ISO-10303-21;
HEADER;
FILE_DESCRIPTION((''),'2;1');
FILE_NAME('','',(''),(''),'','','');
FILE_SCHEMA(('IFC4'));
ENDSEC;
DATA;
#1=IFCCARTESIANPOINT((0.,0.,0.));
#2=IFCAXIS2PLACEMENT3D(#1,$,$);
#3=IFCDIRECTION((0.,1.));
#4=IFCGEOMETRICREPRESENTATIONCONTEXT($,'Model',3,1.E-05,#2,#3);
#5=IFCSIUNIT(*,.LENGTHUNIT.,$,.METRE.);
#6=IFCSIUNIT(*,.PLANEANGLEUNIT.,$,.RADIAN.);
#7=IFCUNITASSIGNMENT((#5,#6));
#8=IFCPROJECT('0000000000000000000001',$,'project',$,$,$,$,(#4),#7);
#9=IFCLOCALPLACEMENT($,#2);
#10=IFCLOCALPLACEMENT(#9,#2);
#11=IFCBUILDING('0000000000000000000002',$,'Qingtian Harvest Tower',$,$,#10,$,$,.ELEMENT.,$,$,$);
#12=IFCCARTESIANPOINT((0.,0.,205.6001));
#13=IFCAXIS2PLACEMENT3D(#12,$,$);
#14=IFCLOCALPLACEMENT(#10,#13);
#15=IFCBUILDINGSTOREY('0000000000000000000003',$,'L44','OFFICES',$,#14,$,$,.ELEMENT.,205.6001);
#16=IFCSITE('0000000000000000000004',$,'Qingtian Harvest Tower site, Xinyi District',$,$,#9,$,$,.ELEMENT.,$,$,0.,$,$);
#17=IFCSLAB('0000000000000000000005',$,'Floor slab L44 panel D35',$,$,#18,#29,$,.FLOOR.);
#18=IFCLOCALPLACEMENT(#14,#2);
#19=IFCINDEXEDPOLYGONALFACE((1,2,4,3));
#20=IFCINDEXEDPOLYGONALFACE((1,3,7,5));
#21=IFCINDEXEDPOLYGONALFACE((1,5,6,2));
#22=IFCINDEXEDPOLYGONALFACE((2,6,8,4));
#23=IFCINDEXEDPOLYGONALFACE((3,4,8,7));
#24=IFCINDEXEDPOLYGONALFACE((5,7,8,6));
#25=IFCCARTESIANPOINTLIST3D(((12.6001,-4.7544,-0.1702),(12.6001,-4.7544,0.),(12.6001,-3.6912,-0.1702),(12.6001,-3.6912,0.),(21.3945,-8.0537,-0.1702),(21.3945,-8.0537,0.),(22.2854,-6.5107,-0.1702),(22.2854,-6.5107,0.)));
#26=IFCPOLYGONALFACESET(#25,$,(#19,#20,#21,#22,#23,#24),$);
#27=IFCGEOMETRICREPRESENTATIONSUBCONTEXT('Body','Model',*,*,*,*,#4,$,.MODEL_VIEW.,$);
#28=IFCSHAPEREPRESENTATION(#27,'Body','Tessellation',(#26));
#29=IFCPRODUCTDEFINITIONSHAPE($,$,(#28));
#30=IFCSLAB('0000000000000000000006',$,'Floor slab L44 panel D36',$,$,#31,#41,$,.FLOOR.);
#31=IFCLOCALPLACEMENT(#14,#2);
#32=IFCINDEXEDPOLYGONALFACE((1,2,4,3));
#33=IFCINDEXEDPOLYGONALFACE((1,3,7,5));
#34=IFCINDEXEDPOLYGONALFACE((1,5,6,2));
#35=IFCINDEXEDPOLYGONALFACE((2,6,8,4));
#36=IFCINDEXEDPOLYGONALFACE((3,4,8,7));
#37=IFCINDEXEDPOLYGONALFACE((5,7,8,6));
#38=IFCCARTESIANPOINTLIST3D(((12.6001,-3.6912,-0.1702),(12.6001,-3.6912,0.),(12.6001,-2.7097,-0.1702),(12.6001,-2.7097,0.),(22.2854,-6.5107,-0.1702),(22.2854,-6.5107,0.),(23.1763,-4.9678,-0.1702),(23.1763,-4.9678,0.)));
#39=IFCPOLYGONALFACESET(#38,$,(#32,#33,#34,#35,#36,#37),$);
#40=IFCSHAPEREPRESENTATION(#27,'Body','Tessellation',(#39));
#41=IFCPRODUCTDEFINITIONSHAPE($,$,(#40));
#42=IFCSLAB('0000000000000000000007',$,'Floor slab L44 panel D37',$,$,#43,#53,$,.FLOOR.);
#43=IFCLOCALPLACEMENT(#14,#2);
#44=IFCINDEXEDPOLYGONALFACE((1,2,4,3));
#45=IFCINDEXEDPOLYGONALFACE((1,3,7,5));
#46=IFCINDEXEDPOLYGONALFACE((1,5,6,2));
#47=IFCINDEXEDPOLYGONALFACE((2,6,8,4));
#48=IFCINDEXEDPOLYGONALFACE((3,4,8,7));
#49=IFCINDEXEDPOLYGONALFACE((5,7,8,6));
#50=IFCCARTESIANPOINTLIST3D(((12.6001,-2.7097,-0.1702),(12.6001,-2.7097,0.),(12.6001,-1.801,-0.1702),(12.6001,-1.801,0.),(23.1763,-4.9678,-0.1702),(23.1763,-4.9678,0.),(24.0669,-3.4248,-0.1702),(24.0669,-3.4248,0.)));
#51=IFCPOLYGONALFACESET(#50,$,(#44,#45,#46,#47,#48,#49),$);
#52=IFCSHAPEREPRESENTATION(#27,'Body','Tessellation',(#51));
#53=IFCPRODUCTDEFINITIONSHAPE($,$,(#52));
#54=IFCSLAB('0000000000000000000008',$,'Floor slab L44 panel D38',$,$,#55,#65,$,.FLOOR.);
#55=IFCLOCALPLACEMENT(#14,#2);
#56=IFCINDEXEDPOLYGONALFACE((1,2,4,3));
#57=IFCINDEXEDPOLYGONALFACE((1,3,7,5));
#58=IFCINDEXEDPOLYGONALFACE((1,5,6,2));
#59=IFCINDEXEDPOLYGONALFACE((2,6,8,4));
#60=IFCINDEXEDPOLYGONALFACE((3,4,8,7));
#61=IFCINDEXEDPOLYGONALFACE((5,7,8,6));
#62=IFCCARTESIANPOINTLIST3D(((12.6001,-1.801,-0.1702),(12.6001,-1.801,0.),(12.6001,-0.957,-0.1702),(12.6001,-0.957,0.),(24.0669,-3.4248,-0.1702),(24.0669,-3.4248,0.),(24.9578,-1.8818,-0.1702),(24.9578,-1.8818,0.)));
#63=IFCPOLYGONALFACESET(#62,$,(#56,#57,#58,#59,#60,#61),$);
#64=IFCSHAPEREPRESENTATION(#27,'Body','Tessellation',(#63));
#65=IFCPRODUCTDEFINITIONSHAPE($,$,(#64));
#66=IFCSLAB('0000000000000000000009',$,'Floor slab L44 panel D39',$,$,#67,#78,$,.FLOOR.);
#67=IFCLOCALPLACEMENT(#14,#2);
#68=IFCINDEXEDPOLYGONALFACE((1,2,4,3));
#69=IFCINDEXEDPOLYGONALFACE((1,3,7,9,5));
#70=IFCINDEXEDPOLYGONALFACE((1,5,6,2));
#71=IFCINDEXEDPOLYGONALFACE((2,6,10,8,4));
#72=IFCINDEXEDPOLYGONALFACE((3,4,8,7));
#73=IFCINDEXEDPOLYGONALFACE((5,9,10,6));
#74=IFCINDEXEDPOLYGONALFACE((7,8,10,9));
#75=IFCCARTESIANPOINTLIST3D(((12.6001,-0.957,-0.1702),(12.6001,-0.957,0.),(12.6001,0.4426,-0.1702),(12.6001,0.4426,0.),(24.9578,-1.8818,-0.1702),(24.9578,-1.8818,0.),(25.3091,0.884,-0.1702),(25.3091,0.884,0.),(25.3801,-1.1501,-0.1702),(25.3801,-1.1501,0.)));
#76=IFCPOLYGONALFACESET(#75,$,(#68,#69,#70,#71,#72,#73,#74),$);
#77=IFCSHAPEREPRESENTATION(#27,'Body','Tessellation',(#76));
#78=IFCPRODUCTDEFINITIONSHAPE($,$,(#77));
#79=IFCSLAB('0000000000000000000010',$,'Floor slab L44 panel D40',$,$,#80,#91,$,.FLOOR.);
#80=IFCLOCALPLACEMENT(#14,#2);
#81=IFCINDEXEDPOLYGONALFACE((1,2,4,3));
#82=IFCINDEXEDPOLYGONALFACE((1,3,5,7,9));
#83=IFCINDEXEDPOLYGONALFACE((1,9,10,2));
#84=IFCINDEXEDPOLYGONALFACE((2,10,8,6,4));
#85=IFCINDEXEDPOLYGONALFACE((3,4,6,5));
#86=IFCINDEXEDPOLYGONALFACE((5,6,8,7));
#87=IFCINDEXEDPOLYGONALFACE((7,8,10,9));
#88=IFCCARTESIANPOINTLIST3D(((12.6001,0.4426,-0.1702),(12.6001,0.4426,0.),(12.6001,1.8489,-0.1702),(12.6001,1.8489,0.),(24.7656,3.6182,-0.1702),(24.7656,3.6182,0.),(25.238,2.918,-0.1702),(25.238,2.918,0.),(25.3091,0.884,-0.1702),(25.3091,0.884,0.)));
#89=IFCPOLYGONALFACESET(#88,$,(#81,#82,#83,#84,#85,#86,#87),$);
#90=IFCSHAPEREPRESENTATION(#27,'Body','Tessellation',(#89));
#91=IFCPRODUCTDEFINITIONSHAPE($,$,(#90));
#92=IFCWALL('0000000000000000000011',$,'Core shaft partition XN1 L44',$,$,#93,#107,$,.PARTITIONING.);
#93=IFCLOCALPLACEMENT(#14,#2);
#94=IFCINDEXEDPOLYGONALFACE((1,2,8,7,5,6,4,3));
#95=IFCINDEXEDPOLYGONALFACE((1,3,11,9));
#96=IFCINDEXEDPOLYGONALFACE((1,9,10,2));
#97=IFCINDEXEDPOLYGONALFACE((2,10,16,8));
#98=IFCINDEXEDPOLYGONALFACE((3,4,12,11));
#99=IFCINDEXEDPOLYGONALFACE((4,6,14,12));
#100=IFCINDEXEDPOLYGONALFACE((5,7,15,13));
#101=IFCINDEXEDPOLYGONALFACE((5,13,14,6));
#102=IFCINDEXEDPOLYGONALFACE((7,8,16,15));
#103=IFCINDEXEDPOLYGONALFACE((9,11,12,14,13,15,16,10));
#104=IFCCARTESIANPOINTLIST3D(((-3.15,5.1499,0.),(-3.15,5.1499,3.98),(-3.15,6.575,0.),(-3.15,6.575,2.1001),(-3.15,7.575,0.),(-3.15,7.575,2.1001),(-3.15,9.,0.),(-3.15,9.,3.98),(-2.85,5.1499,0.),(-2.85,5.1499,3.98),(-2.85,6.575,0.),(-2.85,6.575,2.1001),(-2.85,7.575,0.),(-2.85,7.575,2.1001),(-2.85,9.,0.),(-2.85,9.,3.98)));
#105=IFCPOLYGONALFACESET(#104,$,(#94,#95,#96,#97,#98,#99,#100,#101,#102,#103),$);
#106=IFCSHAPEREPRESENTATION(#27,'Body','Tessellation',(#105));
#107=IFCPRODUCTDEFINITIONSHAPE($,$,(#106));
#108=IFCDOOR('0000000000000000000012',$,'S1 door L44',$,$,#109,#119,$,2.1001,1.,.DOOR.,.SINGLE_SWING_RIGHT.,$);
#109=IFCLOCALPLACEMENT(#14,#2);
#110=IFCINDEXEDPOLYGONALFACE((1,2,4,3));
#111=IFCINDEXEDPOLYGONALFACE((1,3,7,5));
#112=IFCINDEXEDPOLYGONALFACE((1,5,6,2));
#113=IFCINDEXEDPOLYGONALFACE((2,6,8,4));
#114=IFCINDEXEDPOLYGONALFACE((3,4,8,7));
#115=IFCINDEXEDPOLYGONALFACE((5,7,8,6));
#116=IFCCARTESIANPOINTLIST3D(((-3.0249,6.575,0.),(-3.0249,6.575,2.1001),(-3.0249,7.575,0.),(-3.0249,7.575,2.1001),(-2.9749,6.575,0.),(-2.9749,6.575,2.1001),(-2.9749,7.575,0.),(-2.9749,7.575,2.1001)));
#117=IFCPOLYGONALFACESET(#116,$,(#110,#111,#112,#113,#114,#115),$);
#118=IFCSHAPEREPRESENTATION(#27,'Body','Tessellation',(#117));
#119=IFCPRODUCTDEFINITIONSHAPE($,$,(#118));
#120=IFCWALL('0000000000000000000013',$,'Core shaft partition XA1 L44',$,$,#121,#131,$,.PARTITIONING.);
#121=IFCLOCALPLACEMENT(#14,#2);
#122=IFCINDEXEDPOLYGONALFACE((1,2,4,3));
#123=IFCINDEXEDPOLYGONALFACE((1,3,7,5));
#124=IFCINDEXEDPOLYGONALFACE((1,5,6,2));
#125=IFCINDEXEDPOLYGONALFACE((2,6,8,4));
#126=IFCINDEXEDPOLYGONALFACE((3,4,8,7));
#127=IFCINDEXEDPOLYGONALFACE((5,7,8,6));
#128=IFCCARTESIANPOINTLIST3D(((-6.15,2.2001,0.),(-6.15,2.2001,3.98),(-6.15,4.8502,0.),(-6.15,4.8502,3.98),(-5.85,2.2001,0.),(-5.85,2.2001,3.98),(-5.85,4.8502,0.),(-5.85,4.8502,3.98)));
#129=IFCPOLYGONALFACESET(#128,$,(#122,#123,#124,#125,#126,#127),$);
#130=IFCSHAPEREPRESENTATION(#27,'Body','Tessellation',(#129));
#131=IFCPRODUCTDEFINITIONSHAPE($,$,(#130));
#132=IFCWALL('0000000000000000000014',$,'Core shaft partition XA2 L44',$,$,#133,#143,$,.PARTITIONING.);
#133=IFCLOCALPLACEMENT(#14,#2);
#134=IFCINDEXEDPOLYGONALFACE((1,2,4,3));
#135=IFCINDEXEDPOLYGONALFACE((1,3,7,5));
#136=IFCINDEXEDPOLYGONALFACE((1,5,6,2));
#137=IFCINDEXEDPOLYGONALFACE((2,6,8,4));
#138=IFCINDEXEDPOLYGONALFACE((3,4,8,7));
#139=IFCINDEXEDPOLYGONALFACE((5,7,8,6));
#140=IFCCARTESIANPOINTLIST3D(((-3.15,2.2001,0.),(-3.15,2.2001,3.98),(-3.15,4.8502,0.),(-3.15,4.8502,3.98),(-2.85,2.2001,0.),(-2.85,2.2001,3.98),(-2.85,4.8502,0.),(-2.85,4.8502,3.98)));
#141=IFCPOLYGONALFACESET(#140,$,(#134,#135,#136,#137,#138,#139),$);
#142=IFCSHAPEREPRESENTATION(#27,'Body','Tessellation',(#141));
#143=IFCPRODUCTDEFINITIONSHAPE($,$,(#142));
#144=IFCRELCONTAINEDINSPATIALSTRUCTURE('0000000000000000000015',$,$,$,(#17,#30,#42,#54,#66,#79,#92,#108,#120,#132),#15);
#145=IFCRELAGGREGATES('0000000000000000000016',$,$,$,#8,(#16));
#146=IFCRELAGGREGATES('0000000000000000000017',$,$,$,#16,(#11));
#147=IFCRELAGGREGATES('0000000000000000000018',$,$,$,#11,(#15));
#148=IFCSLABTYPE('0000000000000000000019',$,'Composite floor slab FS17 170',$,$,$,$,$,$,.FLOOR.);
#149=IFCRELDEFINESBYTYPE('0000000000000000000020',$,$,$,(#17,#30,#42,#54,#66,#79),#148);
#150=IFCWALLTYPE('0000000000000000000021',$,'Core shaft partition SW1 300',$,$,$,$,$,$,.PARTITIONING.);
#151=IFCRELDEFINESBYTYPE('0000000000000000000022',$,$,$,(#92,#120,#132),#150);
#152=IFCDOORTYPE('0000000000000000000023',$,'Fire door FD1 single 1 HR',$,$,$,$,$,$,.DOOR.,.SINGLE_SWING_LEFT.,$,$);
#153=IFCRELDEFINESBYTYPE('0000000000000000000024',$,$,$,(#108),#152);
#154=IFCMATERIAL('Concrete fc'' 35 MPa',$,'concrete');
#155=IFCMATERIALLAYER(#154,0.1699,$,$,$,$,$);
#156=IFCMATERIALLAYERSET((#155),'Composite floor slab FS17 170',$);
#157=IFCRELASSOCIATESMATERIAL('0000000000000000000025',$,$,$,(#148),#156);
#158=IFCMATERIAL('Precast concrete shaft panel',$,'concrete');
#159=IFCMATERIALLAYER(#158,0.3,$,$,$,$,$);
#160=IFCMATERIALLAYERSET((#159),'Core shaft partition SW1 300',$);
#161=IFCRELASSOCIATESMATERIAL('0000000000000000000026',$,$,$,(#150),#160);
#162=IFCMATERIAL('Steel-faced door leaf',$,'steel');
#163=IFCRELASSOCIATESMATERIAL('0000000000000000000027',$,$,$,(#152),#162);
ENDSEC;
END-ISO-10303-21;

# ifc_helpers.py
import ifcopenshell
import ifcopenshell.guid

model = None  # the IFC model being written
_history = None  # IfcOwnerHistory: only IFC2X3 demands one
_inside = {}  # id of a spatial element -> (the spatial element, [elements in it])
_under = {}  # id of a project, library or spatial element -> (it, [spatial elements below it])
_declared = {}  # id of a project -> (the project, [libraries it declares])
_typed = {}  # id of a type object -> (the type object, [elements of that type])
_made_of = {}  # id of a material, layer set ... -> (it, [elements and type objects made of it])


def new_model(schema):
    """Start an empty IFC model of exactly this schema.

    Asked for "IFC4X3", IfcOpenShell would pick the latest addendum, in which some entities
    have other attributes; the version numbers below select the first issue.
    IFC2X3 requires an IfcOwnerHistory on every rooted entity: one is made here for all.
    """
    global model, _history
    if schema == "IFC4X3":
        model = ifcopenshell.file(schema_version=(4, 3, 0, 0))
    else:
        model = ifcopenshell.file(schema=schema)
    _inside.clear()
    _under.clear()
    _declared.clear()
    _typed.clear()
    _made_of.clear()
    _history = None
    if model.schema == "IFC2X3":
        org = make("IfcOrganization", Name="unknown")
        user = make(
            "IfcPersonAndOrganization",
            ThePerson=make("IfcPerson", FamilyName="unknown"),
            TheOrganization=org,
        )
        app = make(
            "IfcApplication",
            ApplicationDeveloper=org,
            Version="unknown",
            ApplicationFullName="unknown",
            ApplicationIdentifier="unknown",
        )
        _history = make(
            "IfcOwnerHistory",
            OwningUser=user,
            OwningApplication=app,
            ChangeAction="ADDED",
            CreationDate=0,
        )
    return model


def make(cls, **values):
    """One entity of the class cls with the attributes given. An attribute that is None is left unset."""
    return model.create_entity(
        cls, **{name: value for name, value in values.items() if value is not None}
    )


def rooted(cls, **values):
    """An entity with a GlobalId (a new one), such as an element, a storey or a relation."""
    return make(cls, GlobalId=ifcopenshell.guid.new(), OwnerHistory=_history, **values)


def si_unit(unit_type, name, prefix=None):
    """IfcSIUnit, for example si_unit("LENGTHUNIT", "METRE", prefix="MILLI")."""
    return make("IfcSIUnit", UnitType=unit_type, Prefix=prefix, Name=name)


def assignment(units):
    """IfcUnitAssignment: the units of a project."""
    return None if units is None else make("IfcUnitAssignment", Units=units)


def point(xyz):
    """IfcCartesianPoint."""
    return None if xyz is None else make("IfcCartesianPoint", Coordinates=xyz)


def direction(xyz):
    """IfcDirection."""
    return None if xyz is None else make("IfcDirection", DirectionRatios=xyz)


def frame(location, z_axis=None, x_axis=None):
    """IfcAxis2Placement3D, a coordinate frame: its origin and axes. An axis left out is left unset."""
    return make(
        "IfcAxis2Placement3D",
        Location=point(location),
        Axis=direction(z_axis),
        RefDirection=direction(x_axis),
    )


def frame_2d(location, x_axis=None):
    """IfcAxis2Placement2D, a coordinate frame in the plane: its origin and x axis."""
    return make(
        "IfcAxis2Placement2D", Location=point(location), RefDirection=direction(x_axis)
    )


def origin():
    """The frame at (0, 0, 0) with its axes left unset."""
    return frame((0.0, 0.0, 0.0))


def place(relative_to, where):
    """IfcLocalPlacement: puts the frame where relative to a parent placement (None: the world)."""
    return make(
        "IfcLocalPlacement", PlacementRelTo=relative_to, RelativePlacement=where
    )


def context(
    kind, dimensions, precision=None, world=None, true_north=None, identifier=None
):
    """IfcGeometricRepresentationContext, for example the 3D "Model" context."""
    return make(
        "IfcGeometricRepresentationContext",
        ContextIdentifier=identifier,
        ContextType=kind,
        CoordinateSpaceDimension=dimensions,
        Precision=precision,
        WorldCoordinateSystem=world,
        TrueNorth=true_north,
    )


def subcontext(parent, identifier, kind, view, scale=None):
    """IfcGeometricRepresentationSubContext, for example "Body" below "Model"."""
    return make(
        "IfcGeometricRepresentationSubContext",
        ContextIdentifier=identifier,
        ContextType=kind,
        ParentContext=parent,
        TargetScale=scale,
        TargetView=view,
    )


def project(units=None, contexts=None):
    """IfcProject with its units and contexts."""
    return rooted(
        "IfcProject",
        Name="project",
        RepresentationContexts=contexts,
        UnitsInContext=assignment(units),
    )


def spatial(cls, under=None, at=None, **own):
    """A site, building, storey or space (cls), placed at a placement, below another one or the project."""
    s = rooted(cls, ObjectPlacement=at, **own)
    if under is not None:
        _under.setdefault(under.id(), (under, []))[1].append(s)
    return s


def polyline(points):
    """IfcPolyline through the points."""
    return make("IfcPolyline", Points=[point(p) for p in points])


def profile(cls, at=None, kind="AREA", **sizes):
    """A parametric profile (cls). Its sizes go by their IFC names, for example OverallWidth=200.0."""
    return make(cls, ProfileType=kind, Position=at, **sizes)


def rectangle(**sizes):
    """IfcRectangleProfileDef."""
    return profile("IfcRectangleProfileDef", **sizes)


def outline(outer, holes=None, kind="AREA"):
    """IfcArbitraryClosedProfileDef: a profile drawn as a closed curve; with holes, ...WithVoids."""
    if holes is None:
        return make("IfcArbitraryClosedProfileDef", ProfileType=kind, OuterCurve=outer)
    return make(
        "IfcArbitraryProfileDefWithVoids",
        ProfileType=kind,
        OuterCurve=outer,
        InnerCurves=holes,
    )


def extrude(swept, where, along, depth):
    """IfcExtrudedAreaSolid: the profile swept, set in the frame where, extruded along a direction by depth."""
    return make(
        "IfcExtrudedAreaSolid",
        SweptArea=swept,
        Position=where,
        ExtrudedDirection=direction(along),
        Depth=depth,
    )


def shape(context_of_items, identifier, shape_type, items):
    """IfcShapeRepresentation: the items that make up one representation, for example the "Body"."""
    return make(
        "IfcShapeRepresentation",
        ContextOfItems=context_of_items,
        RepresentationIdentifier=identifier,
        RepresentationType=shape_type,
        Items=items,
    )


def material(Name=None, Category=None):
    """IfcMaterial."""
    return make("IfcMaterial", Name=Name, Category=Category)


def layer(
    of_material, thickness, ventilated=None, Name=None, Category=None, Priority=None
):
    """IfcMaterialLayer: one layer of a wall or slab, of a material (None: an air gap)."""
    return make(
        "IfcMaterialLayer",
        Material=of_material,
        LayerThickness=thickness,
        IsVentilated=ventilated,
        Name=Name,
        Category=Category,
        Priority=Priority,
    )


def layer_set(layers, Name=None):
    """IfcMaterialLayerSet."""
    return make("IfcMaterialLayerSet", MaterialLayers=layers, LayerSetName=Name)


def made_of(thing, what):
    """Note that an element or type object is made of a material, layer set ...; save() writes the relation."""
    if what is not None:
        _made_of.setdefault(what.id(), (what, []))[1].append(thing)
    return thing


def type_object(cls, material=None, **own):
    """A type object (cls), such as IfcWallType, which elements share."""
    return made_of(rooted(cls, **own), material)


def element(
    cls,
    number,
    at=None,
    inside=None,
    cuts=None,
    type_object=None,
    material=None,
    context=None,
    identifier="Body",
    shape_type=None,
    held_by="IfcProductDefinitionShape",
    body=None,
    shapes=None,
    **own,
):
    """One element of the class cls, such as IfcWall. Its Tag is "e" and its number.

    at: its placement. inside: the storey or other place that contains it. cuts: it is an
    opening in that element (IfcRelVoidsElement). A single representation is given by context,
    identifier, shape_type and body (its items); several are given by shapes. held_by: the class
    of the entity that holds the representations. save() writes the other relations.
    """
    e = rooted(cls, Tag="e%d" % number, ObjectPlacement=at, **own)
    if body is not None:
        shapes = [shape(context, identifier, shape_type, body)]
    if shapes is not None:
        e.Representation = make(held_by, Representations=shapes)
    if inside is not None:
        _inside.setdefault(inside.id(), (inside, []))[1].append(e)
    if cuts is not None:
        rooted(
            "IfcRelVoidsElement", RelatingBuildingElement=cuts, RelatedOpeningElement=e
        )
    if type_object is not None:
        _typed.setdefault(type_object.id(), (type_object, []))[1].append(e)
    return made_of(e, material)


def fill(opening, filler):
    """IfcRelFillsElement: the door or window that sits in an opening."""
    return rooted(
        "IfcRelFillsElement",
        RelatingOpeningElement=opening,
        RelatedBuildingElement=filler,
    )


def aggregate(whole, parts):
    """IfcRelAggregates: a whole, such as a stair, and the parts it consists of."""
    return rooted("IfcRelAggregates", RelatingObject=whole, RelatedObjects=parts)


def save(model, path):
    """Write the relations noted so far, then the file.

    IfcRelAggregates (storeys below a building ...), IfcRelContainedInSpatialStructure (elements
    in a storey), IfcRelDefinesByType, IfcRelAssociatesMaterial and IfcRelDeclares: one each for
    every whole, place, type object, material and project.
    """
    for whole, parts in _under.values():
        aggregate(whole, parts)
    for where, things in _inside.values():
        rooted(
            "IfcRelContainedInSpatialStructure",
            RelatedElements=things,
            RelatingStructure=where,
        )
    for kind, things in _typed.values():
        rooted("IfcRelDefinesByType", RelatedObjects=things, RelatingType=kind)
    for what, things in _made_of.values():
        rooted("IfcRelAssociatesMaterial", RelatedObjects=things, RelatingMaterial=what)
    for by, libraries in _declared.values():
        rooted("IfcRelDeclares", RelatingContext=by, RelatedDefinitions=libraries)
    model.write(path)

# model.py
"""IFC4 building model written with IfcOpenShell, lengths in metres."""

from ifc_helpers import new_model, si_unit, direction, frame, frame_2d, origin, place, context, subcontext, project, spatial, polyline, rectangle, outline, extrude, material, layer, layer_set, type_object, element, fill, save


model = new_model("IFC4")

# Units and contexts
model_context = context("Model", 3, precision=1e-05, world=origin(), true_north=direction((0.0, 1.0)))
body_context = subcontext(model_context, "Body", "Model", "MODEL_VIEW")
ifc_project = project(units=[si_unit("LENGTHUNIT", "METRE"), si_unit("PLANEANGLEUNIT", "RADIAN")], contexts=[model_context])

# Site, building, storey
site_placement = place(None, origin())
site = spatial("IfcSite", under=ifc_project, at=site_placement, Name="Qingtian Harvest Tower site, Xinyi District", CompositionType="ELEMENT", RefElevation=0.0)
building_placement = place(site_placement, origin())
building = spatial("IfcBuilding", under=site, at=building_placement, Name="Qingtian Harvest Tower", CompositionType="ELEMENT")
storey_placement = place(building_placement, frame((0.0, 0.0, 205.6001)))
storey = spatial("IfcBuildingStorey", under=building, at=storey_placement, Name="L44", Description="OFFICES", CompositionType="ELEMENT", Elevation=205.6001)

# Slabs
ifc_material_1 = material(Name="Concrete fc' 35 MPa", Category="concrete")
ifc_layer_1 = layer(ifc_material_1, 0.1699)
ifc_layer_set_1 = layer_set([ifc_layer_1], Name="Composite floor slab FS17 170")
slab_type = type_object("IfcSlabType", Name="Composite floor slab FS17 170", PredefinedType="FLOOR", material=ifc_layer_set_1)
slab_1_placement = place(storey_placement, frame((0.0, 0.0, -0.1702)))
element("IfcSlab", 1, at=slab_1_placement, inside=storey, type_object=slab_type, Name="Floor slab L44 panel D35", PredefinedType="FLOOR", context=body_context, shape_type="SweptSolid", body=[
    extrude(outline(polyline([(12.6001, -3.6912), (22.2854, -6.5107), (21.3945, -8.0537), (12.6001, -4.7544), (12.6001, -3.6912)])), origin(), (0.0, 0.0, 1.0), 0.1702),
])
slab_2_placement = place(storey_placement, frame((0.0, 0.0, -0.1702)))
element("IfcSlab", 2, at=slab_2_placement, inside=storey, type_object=slab_type, Name="Floor slab L44 panel D36", PredefinedType="FLOOR", context=body_context, shape_type="SweptSolid", body=[
    extrude(outline(polyline([(12.6001, -2.7097), (23.1763, -4.9678), (22.2854, -6.5107), (12.6001, -3.6912), (12.6001, -2.7097)])), origin(), (0.0, 0.0, 1.0), 0.1702),
])
slab_3_placement = place(storey_placement, frame((0.0, 0.0, -0.1702)))
element("IfcSlab", 3, at=slab_3_placement, inside=storey, type_object=slab_type, Name="Floor slab L44 panel D37", PredefinedType="FLOOR", context=body_context, shape_type="SweptSolid", body=[
    extrude(outline(polyline([(12.6001, -1.801), (24.0669, -3.4248), (23.1763, -4.9678), (12.6001, -2.7097), (12.6001, -1.801)])), origin(), (0.0, 0.0, 1.0), 0.1702),
])
slab_4_placement = place(storey_placement, frame((0.0, 0.0, -0.1702)))
element("IfcSlab", 4, at=slab_4_placement, inside=storey, type_object=slab_type, Name="Floor slab L44 panel D38", PredefinedType="FLOOR", context=body_context, shape_type="SweptSolid", body=[
    extrude(outline(polyline([(12.6001, -0.957), (24.9578, -1.8818), (24.0669, -3.4248), (12.6001, -1.801), (12.6001, -0.957)])), origin(), (0.0, 0.0, 1.0), 0.1702),
])
slab_5_placement = place(storey_placement, frame((0.0, 0.0, -0.1702)))
element("IfcSlab", 5, at=slab_5_placement, inside=storey, type_object=slab_type, Name="Floor slab L44 panel D39", PredefinedType="FLOOR", context=body_context, shape_type="SweptSolid", body=[
    extrude(outline(polyline([(12.6001, -0.957), (12.6001, 0.4426), (25.3091, 0.884), (25.3801, -1.1501), (24.9578, -1.8818), (12.6001, -0.957)])), origin(), (0.0, 0.0, 1.0), 0.1702),
])
slab_6_placement = place(storey_placement, frame((0.0, 0.0, -0.1702)))
element("IfcSlab", 6, at=slab_6_placement, inside=storey, type_object=slab_type, Name="Floor slab L44 panel D40", PredefinedType="FLOOR", context=body_context, shape_type="SweptSolid", body=[
    extrude(outline(polyline([(12.6001, 0.4426), (12.6001, 1.8489), (24.7656, 3.6182), (25.238, 2.918), (25.3091, 0.884), (12.6001, 0.4426)])), origin(), (0.0, 0.0, 1.0), 0.1702),
])

# Wall, opening, door
ifc_material_2 = material(Name="Precast concrete shaft panel", Category="concrete")
ifc_layer_2 = layer(ifc_material_2, 0.3)
ifc_layer_set_2 = layer_set([ifc_layer_2], Name="Core shaft partition SW1 300")
wall_type_1 = type_object("IfcWallType", Name="Core shaft partition SW1 300", PredefinedType="PARTITIONING", material=ifc_layer_set_2)
wall_1_placement = place(storey_placement, frame((-3.0, 5.1499, 0.0), z_axis=(0.0, 0.0, 1.0), x_axis=(0.0, 1.0, 0.0)))
wall_1 = element("IfcWall", 7, at=wall_1_placement, inside=storey, type_object=wall_type_1, Name="Core shaft partition XN1 L44", PredefinedType="PARTITIONING", context=body_context, shape_type="SweptSolid", body=[
    extrude(rectangle(XDim=3.8501, YDim=0.3, at=frame_2d((1.925, 0.0))), origin(), (0.0, 0.0, 1.0), 3.98),
])
opening_1_placement = place(wall_1_placement, frame((1.425, 0.0, 0.0)))
opening_1 = element("IfcOpeningElement", 8, at=opening_1_placement, cuts=wall_1, PredefinedType="OPENING", context=body_context, shape_type="SweptSolid", body=[
    extrude(rectangle(XDim=1.0, YDim=2.1001, at=frame_2d((0.5, 1.05))), frame((0.0, 0.1599, 0.0), z_axis=(0.0, -1.0, 0.0), x_axis=(1.0, 0.0, 0.0)), (0.0, 0.0, 1.0), 0.3201),
])
ifc_material_3 = material(Name="Steel-faced door leaf", Category="steel")
door_type_1 = type_object("IfcDoorType", Name="Fire door FD1 single 1 HR", OperationType="SINGLE_SWING_LEFT", PredefinedType="DOOR", material=ifc_material_3)
door_1_placement = place(opening_1_placement, origin())
door_1 = element("IfcDoor", 9, at=door_1_placement, inside=storey, type_object=door_type_1, Name="S1 door L44", OperationType="SINGLE_SWING_RIGHT", OverallHeight=2.1001, OverallWidth=1.0, PredefinedType="DOOR", context=body_context, shape_type="SweptSolid", body=[
    extrude(rectangle(XDim=1.0, YDim=2.1001, at=frame_2d((0.5, 1.05))), frame((0.0, 0.0249, 0.0), z_axis=(0.0, -1.0, 0.0), x_axis=(1.0, 0.0, 0.0)), (0.0, 0.0, 1.0), 0.05),
])
fill(opening_1, door_1)

# Walls
for number, where, z_axis, x_axis, name in (
    (10, (-6.0, 2.2, 0.0), (0.0, 0.0, 1.0), (0.0, 1.0, 0.0), "Core shaft partition XA1 L44"),
    (11, (-3.0, 2.2, 0.0), (0.0, 0.0, 1.0), (0.0, 1.0, 0.0), "Core shaft partition XA2 L44"),
):
    element("IfcWall", number, at=place(storey_placement, frame(where, z_axis=z_axis, x_axis=x_axis)), inside=storey, type_object=wall_type_1, Name=name, PredefinedType="PARTITIONING", context=body_context, shape_type="SweptSolid", body=[
        extrude(rectangle(XDim=2.6501, YDim=0.3, at=frame_2d((1.3252, 0.0))), origin(), (0.0, 0.0, 1.0), 3.98),
    ])

save(model, "model.ifc")
